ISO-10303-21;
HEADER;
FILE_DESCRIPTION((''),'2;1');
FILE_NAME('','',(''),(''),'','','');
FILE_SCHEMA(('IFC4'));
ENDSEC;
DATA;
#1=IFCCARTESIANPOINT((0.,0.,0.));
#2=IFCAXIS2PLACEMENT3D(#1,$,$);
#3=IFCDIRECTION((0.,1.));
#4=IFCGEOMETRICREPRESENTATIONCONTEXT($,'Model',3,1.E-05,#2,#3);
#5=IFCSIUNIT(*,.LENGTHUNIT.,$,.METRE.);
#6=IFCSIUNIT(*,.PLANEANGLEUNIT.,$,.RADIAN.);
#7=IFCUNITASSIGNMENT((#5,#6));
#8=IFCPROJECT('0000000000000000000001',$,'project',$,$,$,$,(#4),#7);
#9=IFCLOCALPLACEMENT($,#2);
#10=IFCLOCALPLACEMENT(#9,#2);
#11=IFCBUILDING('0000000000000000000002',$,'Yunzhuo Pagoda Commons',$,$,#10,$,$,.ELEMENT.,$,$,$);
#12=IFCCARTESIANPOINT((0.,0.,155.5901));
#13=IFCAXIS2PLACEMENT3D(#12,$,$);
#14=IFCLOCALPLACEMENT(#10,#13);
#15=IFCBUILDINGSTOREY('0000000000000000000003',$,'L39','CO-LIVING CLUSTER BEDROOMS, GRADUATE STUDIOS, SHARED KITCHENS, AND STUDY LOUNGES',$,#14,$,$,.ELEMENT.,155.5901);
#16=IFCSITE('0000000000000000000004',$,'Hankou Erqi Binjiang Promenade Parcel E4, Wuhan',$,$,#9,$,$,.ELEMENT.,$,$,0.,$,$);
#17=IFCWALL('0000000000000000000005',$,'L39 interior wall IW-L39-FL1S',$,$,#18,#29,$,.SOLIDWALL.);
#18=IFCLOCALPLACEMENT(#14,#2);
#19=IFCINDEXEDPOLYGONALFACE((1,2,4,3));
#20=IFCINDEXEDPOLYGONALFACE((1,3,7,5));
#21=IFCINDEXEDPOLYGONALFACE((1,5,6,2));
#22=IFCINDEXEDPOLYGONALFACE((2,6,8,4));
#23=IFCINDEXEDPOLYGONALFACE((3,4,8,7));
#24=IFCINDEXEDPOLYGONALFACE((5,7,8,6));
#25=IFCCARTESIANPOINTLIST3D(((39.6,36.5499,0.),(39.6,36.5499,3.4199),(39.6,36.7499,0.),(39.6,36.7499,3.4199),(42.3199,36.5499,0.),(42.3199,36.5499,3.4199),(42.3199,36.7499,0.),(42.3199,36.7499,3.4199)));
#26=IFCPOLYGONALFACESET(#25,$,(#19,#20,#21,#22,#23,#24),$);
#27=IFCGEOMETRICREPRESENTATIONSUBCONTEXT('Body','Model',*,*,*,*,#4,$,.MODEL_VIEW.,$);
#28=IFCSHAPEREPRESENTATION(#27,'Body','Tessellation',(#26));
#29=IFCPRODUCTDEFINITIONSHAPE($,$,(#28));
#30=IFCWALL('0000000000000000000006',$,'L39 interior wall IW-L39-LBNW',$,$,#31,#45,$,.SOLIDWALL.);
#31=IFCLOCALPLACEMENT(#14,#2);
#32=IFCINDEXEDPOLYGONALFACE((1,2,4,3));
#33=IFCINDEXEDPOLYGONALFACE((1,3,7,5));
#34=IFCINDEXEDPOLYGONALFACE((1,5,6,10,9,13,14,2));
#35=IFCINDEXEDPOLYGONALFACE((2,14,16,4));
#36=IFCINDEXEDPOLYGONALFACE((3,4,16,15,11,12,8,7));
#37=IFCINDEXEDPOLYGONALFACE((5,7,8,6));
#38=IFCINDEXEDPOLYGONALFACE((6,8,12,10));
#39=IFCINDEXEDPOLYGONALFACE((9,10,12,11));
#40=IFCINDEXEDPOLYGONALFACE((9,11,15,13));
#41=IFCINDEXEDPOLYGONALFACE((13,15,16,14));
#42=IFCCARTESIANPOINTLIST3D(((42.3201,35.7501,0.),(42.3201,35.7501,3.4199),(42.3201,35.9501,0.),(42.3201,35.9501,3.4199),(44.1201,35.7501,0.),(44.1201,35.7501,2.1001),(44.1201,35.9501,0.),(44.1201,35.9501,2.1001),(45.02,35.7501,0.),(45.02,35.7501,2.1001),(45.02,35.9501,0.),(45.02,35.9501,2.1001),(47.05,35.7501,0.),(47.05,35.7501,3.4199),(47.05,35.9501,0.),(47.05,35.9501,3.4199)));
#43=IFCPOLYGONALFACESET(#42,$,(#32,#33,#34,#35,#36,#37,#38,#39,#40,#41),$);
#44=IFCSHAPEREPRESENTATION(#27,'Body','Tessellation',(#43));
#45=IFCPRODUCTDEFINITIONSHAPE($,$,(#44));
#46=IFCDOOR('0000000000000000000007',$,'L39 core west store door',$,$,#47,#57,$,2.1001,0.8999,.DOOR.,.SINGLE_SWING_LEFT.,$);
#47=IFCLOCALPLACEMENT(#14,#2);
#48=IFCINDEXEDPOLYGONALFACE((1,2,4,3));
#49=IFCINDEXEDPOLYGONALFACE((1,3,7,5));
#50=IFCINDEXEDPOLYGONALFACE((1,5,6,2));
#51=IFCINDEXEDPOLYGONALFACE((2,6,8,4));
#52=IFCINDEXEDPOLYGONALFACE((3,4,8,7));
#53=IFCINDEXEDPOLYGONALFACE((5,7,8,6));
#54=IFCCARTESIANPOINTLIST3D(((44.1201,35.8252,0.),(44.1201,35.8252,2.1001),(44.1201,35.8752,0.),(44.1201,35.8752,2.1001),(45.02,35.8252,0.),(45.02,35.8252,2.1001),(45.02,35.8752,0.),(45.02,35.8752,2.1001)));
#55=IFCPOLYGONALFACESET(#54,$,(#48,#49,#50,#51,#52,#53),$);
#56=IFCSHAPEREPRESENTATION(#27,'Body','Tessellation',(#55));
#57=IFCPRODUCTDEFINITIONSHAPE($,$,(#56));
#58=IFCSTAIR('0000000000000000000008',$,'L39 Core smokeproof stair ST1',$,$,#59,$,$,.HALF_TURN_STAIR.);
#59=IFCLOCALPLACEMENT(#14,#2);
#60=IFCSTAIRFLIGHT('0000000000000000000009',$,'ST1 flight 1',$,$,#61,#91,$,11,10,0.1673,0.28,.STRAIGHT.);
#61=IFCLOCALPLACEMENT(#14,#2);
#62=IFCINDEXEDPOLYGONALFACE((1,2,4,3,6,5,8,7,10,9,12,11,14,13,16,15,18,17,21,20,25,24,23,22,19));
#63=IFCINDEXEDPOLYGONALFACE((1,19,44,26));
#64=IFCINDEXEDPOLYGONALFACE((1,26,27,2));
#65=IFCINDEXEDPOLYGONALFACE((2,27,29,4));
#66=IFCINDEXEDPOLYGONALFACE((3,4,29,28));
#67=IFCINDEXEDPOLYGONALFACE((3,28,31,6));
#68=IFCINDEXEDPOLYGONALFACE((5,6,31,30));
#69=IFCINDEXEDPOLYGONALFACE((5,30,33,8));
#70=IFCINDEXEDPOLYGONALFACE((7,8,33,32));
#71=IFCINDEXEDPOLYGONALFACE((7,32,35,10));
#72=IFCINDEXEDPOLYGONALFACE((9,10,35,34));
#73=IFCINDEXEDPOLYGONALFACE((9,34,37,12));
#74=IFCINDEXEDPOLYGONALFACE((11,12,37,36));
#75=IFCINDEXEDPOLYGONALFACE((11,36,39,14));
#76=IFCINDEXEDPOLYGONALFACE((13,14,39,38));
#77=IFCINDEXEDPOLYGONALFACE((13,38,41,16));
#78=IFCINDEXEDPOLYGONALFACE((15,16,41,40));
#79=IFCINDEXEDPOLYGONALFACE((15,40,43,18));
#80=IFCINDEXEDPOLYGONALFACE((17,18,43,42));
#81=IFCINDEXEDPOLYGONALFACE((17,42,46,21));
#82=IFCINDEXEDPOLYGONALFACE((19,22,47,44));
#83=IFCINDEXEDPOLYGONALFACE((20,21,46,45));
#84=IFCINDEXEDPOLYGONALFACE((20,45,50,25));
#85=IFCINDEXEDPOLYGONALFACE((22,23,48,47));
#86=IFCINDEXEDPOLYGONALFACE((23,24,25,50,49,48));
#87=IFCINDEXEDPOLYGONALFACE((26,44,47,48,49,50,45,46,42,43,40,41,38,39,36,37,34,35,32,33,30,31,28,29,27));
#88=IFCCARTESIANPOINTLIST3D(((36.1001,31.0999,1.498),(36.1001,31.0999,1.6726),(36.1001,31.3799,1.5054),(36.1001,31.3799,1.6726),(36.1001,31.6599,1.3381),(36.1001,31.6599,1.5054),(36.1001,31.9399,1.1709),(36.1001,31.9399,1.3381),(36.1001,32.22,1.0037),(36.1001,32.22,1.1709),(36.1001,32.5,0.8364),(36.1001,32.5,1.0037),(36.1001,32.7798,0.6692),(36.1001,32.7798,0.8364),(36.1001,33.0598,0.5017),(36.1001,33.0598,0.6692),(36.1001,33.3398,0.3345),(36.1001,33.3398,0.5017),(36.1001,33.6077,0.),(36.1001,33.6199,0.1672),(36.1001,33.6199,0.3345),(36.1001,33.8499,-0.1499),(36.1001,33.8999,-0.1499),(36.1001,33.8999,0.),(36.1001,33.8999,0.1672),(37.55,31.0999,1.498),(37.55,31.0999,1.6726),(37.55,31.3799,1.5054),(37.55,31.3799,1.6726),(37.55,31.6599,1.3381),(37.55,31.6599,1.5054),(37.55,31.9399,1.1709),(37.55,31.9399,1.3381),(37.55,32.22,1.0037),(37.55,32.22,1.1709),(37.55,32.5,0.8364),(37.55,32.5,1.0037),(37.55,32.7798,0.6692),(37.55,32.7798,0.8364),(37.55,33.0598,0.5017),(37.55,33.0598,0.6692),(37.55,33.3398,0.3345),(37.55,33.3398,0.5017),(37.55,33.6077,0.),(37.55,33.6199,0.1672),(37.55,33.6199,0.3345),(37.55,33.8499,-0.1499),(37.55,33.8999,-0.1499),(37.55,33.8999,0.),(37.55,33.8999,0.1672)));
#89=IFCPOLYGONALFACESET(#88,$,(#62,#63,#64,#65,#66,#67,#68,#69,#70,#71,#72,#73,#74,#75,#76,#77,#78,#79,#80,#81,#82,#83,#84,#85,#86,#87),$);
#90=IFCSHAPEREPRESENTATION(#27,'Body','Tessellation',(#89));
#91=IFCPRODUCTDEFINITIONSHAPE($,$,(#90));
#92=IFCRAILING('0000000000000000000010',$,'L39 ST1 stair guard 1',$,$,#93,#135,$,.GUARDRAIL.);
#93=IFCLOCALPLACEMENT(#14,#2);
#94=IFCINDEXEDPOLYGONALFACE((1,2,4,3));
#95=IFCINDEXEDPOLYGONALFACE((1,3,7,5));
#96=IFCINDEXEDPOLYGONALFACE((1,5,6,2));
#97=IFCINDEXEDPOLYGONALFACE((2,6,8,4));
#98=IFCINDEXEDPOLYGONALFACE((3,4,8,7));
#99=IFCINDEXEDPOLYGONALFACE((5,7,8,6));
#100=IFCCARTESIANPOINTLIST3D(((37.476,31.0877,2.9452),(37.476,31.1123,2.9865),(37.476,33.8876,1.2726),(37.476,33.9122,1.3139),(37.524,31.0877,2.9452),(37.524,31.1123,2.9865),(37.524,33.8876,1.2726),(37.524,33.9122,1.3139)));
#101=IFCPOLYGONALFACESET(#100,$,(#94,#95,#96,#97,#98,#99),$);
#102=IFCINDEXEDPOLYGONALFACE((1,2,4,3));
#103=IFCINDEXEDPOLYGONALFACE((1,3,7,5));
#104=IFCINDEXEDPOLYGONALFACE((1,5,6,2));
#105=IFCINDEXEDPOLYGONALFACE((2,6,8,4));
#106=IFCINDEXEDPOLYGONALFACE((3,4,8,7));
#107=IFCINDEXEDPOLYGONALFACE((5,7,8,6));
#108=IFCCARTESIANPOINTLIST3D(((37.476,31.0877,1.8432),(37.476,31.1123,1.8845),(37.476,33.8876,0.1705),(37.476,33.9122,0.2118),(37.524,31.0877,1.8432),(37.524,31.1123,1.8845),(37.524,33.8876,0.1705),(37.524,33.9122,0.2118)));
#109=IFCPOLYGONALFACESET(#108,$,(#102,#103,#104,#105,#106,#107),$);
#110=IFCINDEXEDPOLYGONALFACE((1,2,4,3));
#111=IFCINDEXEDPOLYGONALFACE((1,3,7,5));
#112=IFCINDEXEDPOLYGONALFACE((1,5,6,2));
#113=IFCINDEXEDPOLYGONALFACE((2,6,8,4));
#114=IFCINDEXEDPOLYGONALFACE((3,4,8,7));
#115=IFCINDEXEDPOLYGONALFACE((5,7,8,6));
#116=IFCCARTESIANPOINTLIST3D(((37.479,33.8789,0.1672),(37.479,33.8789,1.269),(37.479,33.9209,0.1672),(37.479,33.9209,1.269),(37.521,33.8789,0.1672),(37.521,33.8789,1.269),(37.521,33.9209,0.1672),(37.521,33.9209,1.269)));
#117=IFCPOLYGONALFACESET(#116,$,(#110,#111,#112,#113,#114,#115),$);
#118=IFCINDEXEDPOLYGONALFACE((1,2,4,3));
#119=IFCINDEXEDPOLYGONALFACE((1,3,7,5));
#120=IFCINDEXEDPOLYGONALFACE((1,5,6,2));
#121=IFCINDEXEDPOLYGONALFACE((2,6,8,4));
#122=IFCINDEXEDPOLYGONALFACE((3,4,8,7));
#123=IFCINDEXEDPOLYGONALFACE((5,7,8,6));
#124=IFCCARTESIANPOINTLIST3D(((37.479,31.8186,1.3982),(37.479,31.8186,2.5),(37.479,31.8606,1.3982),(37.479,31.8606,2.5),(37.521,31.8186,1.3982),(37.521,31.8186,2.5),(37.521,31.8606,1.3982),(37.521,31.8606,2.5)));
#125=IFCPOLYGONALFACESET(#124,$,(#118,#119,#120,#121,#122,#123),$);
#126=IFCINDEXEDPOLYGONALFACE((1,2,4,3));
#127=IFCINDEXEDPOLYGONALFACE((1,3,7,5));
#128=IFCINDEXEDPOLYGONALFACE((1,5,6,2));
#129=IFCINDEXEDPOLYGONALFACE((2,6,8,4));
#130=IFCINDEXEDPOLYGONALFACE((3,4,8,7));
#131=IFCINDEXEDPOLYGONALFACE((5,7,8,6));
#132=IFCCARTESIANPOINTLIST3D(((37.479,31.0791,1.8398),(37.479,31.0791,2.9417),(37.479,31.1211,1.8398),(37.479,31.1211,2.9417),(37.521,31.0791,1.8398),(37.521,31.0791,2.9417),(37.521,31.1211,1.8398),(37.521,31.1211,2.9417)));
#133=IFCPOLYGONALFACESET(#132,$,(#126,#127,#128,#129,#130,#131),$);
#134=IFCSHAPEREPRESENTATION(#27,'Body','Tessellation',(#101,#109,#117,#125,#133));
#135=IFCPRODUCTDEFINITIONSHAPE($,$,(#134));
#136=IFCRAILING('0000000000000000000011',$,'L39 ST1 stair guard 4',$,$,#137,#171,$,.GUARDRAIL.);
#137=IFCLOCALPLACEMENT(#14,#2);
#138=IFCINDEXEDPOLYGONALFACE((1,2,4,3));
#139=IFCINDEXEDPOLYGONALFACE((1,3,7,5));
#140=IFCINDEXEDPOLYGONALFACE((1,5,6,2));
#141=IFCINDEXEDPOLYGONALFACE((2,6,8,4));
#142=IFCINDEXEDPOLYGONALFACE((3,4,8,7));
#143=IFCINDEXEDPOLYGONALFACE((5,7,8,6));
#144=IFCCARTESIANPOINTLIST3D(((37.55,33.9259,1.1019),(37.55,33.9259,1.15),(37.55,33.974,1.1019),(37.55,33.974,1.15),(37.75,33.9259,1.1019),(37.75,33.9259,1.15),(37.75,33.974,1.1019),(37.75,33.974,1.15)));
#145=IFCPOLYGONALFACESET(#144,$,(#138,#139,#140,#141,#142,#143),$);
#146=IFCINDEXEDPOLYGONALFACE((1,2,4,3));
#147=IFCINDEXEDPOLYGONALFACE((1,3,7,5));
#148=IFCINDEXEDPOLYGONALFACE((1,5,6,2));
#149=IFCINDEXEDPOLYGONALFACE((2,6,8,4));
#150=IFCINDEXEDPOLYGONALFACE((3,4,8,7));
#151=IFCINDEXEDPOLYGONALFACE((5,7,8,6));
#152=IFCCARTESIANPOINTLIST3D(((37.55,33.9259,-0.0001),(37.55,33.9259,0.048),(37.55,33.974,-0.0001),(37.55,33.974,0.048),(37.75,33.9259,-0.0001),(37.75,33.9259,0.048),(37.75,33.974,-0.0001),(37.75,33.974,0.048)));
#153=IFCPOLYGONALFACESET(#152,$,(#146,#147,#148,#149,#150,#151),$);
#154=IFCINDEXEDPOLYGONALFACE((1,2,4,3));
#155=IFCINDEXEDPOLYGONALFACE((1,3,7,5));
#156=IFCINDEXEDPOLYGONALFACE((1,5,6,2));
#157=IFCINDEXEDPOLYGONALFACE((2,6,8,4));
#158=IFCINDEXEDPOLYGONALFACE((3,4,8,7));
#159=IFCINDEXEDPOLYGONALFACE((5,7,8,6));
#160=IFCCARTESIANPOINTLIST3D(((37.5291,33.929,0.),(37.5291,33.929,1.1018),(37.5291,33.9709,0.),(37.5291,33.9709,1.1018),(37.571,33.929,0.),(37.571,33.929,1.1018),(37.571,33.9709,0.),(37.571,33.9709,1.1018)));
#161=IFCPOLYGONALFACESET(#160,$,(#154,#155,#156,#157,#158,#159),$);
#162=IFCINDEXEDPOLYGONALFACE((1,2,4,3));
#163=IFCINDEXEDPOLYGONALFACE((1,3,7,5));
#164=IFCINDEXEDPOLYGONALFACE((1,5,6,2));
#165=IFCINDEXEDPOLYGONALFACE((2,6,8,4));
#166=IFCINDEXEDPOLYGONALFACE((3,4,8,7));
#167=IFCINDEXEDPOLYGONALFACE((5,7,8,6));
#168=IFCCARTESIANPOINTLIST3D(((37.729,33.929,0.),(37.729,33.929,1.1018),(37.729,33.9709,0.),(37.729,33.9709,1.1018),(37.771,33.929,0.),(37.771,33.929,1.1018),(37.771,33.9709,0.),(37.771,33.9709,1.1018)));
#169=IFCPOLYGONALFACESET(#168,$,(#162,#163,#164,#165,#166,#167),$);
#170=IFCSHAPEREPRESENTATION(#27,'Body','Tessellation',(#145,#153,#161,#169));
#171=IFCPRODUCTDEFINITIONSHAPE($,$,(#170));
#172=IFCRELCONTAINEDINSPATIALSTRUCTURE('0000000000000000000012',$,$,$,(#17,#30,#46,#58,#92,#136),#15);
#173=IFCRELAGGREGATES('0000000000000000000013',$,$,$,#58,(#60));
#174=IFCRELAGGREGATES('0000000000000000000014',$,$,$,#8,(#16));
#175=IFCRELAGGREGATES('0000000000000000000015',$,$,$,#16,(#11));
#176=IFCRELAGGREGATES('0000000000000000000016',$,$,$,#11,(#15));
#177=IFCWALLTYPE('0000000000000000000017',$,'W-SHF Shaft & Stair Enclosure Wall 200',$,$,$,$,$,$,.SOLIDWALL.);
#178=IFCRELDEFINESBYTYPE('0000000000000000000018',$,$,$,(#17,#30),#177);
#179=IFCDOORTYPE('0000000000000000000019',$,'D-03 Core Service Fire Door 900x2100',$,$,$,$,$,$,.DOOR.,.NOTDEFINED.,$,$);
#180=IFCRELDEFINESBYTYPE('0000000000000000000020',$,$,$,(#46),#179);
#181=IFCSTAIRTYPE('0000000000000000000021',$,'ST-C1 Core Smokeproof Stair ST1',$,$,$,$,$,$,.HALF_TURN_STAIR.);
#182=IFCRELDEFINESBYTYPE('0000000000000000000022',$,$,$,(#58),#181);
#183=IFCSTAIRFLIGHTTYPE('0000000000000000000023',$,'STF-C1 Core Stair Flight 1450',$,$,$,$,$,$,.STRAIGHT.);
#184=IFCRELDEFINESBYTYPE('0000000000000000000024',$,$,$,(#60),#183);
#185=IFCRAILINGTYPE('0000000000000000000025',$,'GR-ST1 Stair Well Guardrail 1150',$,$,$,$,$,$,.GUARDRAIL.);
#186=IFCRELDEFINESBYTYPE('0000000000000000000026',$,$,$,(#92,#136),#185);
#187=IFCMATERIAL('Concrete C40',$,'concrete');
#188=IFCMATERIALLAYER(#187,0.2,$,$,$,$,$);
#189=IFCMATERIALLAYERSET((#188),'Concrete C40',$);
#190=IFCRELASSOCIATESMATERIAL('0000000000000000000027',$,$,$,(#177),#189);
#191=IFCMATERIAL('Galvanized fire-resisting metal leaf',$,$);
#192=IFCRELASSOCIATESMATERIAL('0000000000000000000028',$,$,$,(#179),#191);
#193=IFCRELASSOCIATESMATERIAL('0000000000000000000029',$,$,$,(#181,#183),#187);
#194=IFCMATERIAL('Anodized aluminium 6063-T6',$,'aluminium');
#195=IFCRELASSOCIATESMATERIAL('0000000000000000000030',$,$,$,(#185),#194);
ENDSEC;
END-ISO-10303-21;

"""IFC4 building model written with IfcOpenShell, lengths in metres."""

from ifc_helpers import new_model, si_unit, direction, frame, frame_2d, origin, origin_2d, place, context, subcontext, project, spatial, polyline, rectangle, outline, extrude, source, transform, mapped, material, layer, layer_set, type_object, element, fill, aggregate, save


model = new_model("IFC4")

# Units and contexts
model_context = context("Model", 3, precision=1e-05, world=origin(), true_north=direction((0.0, 1.0)))
body_context = subcontext(model_context, "Body", "Model", "MODEL_VIEW")
ifc_project = project(units=[si_unit("LENGTHUNIT", "METRE"), si_unit("PLANEANGLEUNIT", "RADIAN")], contexts=[model_context])

# Site, building, storey
site_placement = place(None, origin())
site = spatial("IfcSite", under=ifc_project, at=site_placement, Name="Hankou Erqi Binjiang Promenade Parcel E4, Wuhan", CompositionType="ELEMENT", RefElevation=0.0)
building_placement = place(site_placement, origin())
building = spatial("IfcBuilding", under=site, at=building_placement, Name="Yunzhuo Pagoda Commons", CompositionType="ELEMENT")
storey_placement = place(building_placement, frame((0.0, 0.0, 155.5901)))
storey = spatial("IfcBuildingStorey", under=building, at=storey_placement, Name="L39", Description="CO-LIVING CLUSTER BEDROOMS, GRADUATE STUDIOS, SHARED KITCHENS, AND STUDY LOUNGES", CompositionType="ELEMENT", Elevation=155.5901)

# Shared definitions
ifc_material_1 = material(Name="Galvanized fire-resisting metal leaf")

# Wall
ifc_material_2 = material(Name="Concrete C40", Category="concrete")
ifc_layer_1 = layer(ifc_material_2, 0.2)
ifc_layer_set_1 = layer_set([ifc_layer_1], Name="Concrete C40")
wall_type_1 = type_object("IfcWallType", Name="W-SHF Shaft & Stair Enclosure Wall 200", PredefinedType="SOLIDWALL", material=ifc_layer_set_1)
wall_1_placement = place(storey_placement, frame((39.6001, 36.6499, 0.0), z_axis=(0.0, 0.0, 1.0), x_axis=(1.0, 0.0, 0.0)))
element("IfcWall", 1, at=wall_1_placement, inside=storey, type_object=wall_type_1, Name="L39 interior wall IW-L39-FL1S", PredefinedType="SOLIDWALL", context=body_context, shape_type="SweptSolid", body=[
    extrude(rectangle(XDim=2.72, YDim=0.2, at=frame_2d((1.3599, 0.0))), origin(), (0.0, 0.0, 1.0), 3.4199),
])

# Wall, opening, door
wall_2_placement = place(storey_placement, frame((42.3201, 35.8501, 0.0), z_axis=(0.0, 0.0, 1.0), x_axis=(1.0, 0.0, 0.0)))
wall_2 = element("IfcWall", 2, at=wall_2_placement, inside=storey, type_object=wall_type_1, Name="L39 interior wall IW-L39-LBNW", PredefinedType="SOLIDWALL", context=body_context, shape_type="SweptSolid", body=[
    extrude(rectangle(XDim=4.73, YDim=0.2, at=frame_2d((2.365, 0.0))), origin(), (0.0, 0.0, 1.0), 3.4199),
])
opening_1_placement = place(wall_2_placement, frame((1.8, 0.0, 0.0)))
opening_1 = element("IfcOpeningElement", 3, at=opening_1_placement, cuts=wall_2, PredefinedType="OPENING", context=body_context, shape_type="SweptSolid", body=[
    extrude(rectangle(XDim=0.8999, YDim=2.1001, at=frame_2d((0.45, 1.05))), frame((0.0, 0.1099, 0.0), z_axis=(0.0, -1.0, 0.0), x_axis=(1.0, 0.0, 0.0)), (0.0, 0.0, 1.0), 0.22),
])
door_type_1 = type_object("IfcDoorType", Name="D-03 Core Service Fire Door 900x2100", OperationType="NOTDEFINED", PredefinedType="DOOR", material=ifc_material_1)
shared_shape_1 = source(origin(), body_context, "Body", "SweptSolid", [
    extrude(rectangle(XDim=0.8999, YDim=2.1001, at=frame_2d((0.45, 1.05))), frame((0.0, 0.0249, 0.0), z_axis=(0.0, -1.0, 0.0), x_axis=(1.0, 0.0, 0.0)), (0.0, 0.0, 1.0), 0.05),
])
door_1_placement = place(opening_1_placement, frame((0.8999, 0.0, 0.0), z_axis=(0.0, 0.0, 1.0), x_axis=(-1.0, 0.0, 0.0)))
door_1 = element("IfcDoor", 4, at=door_1_placement, inside=storey, type_object=door_type_1, Name="L39 core west store door", OperationType="SINGLE_SWING_LEFT", OverallHeight=2.1001, OverallWidth=0.8999, PredefinedType="DOOR", context=body_context, shape_type="MappedRepresentation", body=[
    mapped(shared_shape_1, transform((0.0, 0.0, 0.0), scale=1.0)),
])
fill(opening_1, door_1)

# Stair, stair flight
stair_type = type_object("IfcStairType", Name="ST-C1 Core Smokeproof Stair ST1", PredefinedType="HALF_TURN_STAIR", material=ifc_material_2)
stair_placement = place(storey_placement, origin())
stair = element("IfcStair", 5, at=stair_placement, inside=storey, type_object=stair_type, Name="L39 Core smokeproof stair ST1", PredefinedType="HALF_TURN_STAIR")
stair_flight_type = type_object("IfcStairFlightType", Name="STF-C1 Core Stair Flight 1450", PredefinedType="STRAIGHT", material=ifc_material_2)
shared_shape_2 = source(origin(), body_context, "Body", "SweptSolid", [
    extrude(outline(polyline([(0.0, -0.1499), (0.0, 0.0), (0.0, 0.1672), (0.28, 0.1672), (0.28, 0.3345), (0.5601, 0.3345), (0.5601, 0.5017), (0.8401, 0.5017), (0.8401, 0.6692), (1.1201, 0.6692), (1.1201, 0.8364), (1.3999, 0.8364), (1.3999, 1.0037), (1.6799, 1.0037), (1.6799, 1.1709), (1.96, 1.1709), (1.96, 1.3381), (2.24, 1.3381), (2.24, 1.5054), (2.52, 1.5054), (2.52, 1.6726), (2.8, 1.6726), (2.8, 1.8401), (2.8, 1.498), (0.2922, 0.0), (0.05, -0.1499), (0.0, -0.1499)])), frame((0.0, 0.7251, 0.0), z_axis=(0.0, -1.0, 0.0), x_axis=(1.0, 0.0, 0.0)), (0.0, 0.0, 1.0), 1.45),
])
stair_flight_placement = place(storey_placement, frame((36.825, 33.8999, 0.0), z_axis=(0.0, 0.0, 1.0), x_axis=(0.0, -1.0, 0.0)))
stair_flight = element("IfcStairFlight", 6, at=stair_flight_placement, type_object=stair_flight_type, Name="ST1 flight 1", NumberOfRisers=11, NumberOfTreads=10, PredefinedType="STRAIGHT", RiserHeight=0.1673, TreadLength=0.28, context=body_context, shape_type="MappedRepresentation", body=[
    mapped(shared_shape_2, transform((0.0, 0.0, 0.0), scale=1.0)),
])
aggregate(stair, [stair_flight])

# Railings
ifc_material_3 = material(Name="Anodized aluminium 6063-T6", Category="aluminium")
railing_type = type_object("IfcRailingType", Name="GR-ST1 Stair Well Guardrail 1150", PredefinedType="GUARDRAIL", material=ifc_material_3)
railing_1_placement = place(storey_placement, frame((37.5, 33.8999, 0.1672)))
element("IfcRailing", 7, at=railing_1_placement, inside=storey, type_object=railing_type, Name="L39 ST1 stair guard 1", PredefinedType="GUARDRAIL", context=body_context, shape_type="SweptSolid", body=[
    extrude(rectangle(XDim=0.0481, YDim=0.0481, at=origin_2d()), frame((0.0, 0.0, 1.126), z_axis=(0.0, -0.858476, 0.512855), x_axis=(1.0, 0.0, 0.0)), (0.0, 0.0, 1.0), 3.2615),
    extrude(rectangle(XDim=0.0481, YDim=0.0481, at=origin_2d()), frame((0.0, 0.0, 0.0239), z_axis=(0.0, -0.858476, 0.512855), x_axis=(1.0, 0.0, 0.0)), (0.0, 0.0, 1.0), 3.2615),
    extrude(rectangle(XDim=0.042, YDim=0.042, at=origin_2d()), origin(), (0.0, 0.0, 1.0), 1.1018),
    extrude(rectangle(XDim=0.042, YDim=0.042, at=origin_2d()), frame((0.0, -2.0603, 1.231)), (0.0, 0.0, 1.0), 1.1018),
    extrude(rectangle(XDim=0.042, YDim=0.042, at=origin_2d()), frame((0.0, -2.7998, 1.6726)), (0.0, 0.0, 1.0), 1.1018),
])
railing_2_placement = place(storey_placement, frame((37.55, 33.95, 0.0)))
element("IfcRailing", 8, at=railing_2_placement, inside=storey, type_object=railing_type, Name="L39 ST1 stair guard 4", PredefinedType="GUARDRAIL", context=body_context, shape_type="SweptSolid", body=[
    extrude(rectangle(XDim=0.0481, YDim=0.0481, at=origin_2d()), frame((0.0, 0.0, 1.126), z_axis=(1.0, 0.0, 0.0), x_axis=(0.0, 1.0, 0.0)), (0.0, 0.0, 1.0), 0.2),
    extrude(rectangle(XDim=0.0481, YDim=0.0481, at=origin_2d()), frame((0.0, 0.0, 0.0239), z_axis=(1.0, 0.0, 0.0), x_axis=(0.0, 1.0, 0.0)), (0.0, 0.0, 1.0), 0.2),
    extrude(rectangle(XDim=0.042, YDim=0.042, at=origin_2d()), origin(), (0.0, 0.0, 1.0), 1.1018),
    extrude(rectangle(XDim=0.042, YDim=0.042, at=origin_2d()), frame((0.2, 0.0, 0.0)), (0.0, 0.0, 1.0), 1.1018),
])

save(model, "model.ifc")
